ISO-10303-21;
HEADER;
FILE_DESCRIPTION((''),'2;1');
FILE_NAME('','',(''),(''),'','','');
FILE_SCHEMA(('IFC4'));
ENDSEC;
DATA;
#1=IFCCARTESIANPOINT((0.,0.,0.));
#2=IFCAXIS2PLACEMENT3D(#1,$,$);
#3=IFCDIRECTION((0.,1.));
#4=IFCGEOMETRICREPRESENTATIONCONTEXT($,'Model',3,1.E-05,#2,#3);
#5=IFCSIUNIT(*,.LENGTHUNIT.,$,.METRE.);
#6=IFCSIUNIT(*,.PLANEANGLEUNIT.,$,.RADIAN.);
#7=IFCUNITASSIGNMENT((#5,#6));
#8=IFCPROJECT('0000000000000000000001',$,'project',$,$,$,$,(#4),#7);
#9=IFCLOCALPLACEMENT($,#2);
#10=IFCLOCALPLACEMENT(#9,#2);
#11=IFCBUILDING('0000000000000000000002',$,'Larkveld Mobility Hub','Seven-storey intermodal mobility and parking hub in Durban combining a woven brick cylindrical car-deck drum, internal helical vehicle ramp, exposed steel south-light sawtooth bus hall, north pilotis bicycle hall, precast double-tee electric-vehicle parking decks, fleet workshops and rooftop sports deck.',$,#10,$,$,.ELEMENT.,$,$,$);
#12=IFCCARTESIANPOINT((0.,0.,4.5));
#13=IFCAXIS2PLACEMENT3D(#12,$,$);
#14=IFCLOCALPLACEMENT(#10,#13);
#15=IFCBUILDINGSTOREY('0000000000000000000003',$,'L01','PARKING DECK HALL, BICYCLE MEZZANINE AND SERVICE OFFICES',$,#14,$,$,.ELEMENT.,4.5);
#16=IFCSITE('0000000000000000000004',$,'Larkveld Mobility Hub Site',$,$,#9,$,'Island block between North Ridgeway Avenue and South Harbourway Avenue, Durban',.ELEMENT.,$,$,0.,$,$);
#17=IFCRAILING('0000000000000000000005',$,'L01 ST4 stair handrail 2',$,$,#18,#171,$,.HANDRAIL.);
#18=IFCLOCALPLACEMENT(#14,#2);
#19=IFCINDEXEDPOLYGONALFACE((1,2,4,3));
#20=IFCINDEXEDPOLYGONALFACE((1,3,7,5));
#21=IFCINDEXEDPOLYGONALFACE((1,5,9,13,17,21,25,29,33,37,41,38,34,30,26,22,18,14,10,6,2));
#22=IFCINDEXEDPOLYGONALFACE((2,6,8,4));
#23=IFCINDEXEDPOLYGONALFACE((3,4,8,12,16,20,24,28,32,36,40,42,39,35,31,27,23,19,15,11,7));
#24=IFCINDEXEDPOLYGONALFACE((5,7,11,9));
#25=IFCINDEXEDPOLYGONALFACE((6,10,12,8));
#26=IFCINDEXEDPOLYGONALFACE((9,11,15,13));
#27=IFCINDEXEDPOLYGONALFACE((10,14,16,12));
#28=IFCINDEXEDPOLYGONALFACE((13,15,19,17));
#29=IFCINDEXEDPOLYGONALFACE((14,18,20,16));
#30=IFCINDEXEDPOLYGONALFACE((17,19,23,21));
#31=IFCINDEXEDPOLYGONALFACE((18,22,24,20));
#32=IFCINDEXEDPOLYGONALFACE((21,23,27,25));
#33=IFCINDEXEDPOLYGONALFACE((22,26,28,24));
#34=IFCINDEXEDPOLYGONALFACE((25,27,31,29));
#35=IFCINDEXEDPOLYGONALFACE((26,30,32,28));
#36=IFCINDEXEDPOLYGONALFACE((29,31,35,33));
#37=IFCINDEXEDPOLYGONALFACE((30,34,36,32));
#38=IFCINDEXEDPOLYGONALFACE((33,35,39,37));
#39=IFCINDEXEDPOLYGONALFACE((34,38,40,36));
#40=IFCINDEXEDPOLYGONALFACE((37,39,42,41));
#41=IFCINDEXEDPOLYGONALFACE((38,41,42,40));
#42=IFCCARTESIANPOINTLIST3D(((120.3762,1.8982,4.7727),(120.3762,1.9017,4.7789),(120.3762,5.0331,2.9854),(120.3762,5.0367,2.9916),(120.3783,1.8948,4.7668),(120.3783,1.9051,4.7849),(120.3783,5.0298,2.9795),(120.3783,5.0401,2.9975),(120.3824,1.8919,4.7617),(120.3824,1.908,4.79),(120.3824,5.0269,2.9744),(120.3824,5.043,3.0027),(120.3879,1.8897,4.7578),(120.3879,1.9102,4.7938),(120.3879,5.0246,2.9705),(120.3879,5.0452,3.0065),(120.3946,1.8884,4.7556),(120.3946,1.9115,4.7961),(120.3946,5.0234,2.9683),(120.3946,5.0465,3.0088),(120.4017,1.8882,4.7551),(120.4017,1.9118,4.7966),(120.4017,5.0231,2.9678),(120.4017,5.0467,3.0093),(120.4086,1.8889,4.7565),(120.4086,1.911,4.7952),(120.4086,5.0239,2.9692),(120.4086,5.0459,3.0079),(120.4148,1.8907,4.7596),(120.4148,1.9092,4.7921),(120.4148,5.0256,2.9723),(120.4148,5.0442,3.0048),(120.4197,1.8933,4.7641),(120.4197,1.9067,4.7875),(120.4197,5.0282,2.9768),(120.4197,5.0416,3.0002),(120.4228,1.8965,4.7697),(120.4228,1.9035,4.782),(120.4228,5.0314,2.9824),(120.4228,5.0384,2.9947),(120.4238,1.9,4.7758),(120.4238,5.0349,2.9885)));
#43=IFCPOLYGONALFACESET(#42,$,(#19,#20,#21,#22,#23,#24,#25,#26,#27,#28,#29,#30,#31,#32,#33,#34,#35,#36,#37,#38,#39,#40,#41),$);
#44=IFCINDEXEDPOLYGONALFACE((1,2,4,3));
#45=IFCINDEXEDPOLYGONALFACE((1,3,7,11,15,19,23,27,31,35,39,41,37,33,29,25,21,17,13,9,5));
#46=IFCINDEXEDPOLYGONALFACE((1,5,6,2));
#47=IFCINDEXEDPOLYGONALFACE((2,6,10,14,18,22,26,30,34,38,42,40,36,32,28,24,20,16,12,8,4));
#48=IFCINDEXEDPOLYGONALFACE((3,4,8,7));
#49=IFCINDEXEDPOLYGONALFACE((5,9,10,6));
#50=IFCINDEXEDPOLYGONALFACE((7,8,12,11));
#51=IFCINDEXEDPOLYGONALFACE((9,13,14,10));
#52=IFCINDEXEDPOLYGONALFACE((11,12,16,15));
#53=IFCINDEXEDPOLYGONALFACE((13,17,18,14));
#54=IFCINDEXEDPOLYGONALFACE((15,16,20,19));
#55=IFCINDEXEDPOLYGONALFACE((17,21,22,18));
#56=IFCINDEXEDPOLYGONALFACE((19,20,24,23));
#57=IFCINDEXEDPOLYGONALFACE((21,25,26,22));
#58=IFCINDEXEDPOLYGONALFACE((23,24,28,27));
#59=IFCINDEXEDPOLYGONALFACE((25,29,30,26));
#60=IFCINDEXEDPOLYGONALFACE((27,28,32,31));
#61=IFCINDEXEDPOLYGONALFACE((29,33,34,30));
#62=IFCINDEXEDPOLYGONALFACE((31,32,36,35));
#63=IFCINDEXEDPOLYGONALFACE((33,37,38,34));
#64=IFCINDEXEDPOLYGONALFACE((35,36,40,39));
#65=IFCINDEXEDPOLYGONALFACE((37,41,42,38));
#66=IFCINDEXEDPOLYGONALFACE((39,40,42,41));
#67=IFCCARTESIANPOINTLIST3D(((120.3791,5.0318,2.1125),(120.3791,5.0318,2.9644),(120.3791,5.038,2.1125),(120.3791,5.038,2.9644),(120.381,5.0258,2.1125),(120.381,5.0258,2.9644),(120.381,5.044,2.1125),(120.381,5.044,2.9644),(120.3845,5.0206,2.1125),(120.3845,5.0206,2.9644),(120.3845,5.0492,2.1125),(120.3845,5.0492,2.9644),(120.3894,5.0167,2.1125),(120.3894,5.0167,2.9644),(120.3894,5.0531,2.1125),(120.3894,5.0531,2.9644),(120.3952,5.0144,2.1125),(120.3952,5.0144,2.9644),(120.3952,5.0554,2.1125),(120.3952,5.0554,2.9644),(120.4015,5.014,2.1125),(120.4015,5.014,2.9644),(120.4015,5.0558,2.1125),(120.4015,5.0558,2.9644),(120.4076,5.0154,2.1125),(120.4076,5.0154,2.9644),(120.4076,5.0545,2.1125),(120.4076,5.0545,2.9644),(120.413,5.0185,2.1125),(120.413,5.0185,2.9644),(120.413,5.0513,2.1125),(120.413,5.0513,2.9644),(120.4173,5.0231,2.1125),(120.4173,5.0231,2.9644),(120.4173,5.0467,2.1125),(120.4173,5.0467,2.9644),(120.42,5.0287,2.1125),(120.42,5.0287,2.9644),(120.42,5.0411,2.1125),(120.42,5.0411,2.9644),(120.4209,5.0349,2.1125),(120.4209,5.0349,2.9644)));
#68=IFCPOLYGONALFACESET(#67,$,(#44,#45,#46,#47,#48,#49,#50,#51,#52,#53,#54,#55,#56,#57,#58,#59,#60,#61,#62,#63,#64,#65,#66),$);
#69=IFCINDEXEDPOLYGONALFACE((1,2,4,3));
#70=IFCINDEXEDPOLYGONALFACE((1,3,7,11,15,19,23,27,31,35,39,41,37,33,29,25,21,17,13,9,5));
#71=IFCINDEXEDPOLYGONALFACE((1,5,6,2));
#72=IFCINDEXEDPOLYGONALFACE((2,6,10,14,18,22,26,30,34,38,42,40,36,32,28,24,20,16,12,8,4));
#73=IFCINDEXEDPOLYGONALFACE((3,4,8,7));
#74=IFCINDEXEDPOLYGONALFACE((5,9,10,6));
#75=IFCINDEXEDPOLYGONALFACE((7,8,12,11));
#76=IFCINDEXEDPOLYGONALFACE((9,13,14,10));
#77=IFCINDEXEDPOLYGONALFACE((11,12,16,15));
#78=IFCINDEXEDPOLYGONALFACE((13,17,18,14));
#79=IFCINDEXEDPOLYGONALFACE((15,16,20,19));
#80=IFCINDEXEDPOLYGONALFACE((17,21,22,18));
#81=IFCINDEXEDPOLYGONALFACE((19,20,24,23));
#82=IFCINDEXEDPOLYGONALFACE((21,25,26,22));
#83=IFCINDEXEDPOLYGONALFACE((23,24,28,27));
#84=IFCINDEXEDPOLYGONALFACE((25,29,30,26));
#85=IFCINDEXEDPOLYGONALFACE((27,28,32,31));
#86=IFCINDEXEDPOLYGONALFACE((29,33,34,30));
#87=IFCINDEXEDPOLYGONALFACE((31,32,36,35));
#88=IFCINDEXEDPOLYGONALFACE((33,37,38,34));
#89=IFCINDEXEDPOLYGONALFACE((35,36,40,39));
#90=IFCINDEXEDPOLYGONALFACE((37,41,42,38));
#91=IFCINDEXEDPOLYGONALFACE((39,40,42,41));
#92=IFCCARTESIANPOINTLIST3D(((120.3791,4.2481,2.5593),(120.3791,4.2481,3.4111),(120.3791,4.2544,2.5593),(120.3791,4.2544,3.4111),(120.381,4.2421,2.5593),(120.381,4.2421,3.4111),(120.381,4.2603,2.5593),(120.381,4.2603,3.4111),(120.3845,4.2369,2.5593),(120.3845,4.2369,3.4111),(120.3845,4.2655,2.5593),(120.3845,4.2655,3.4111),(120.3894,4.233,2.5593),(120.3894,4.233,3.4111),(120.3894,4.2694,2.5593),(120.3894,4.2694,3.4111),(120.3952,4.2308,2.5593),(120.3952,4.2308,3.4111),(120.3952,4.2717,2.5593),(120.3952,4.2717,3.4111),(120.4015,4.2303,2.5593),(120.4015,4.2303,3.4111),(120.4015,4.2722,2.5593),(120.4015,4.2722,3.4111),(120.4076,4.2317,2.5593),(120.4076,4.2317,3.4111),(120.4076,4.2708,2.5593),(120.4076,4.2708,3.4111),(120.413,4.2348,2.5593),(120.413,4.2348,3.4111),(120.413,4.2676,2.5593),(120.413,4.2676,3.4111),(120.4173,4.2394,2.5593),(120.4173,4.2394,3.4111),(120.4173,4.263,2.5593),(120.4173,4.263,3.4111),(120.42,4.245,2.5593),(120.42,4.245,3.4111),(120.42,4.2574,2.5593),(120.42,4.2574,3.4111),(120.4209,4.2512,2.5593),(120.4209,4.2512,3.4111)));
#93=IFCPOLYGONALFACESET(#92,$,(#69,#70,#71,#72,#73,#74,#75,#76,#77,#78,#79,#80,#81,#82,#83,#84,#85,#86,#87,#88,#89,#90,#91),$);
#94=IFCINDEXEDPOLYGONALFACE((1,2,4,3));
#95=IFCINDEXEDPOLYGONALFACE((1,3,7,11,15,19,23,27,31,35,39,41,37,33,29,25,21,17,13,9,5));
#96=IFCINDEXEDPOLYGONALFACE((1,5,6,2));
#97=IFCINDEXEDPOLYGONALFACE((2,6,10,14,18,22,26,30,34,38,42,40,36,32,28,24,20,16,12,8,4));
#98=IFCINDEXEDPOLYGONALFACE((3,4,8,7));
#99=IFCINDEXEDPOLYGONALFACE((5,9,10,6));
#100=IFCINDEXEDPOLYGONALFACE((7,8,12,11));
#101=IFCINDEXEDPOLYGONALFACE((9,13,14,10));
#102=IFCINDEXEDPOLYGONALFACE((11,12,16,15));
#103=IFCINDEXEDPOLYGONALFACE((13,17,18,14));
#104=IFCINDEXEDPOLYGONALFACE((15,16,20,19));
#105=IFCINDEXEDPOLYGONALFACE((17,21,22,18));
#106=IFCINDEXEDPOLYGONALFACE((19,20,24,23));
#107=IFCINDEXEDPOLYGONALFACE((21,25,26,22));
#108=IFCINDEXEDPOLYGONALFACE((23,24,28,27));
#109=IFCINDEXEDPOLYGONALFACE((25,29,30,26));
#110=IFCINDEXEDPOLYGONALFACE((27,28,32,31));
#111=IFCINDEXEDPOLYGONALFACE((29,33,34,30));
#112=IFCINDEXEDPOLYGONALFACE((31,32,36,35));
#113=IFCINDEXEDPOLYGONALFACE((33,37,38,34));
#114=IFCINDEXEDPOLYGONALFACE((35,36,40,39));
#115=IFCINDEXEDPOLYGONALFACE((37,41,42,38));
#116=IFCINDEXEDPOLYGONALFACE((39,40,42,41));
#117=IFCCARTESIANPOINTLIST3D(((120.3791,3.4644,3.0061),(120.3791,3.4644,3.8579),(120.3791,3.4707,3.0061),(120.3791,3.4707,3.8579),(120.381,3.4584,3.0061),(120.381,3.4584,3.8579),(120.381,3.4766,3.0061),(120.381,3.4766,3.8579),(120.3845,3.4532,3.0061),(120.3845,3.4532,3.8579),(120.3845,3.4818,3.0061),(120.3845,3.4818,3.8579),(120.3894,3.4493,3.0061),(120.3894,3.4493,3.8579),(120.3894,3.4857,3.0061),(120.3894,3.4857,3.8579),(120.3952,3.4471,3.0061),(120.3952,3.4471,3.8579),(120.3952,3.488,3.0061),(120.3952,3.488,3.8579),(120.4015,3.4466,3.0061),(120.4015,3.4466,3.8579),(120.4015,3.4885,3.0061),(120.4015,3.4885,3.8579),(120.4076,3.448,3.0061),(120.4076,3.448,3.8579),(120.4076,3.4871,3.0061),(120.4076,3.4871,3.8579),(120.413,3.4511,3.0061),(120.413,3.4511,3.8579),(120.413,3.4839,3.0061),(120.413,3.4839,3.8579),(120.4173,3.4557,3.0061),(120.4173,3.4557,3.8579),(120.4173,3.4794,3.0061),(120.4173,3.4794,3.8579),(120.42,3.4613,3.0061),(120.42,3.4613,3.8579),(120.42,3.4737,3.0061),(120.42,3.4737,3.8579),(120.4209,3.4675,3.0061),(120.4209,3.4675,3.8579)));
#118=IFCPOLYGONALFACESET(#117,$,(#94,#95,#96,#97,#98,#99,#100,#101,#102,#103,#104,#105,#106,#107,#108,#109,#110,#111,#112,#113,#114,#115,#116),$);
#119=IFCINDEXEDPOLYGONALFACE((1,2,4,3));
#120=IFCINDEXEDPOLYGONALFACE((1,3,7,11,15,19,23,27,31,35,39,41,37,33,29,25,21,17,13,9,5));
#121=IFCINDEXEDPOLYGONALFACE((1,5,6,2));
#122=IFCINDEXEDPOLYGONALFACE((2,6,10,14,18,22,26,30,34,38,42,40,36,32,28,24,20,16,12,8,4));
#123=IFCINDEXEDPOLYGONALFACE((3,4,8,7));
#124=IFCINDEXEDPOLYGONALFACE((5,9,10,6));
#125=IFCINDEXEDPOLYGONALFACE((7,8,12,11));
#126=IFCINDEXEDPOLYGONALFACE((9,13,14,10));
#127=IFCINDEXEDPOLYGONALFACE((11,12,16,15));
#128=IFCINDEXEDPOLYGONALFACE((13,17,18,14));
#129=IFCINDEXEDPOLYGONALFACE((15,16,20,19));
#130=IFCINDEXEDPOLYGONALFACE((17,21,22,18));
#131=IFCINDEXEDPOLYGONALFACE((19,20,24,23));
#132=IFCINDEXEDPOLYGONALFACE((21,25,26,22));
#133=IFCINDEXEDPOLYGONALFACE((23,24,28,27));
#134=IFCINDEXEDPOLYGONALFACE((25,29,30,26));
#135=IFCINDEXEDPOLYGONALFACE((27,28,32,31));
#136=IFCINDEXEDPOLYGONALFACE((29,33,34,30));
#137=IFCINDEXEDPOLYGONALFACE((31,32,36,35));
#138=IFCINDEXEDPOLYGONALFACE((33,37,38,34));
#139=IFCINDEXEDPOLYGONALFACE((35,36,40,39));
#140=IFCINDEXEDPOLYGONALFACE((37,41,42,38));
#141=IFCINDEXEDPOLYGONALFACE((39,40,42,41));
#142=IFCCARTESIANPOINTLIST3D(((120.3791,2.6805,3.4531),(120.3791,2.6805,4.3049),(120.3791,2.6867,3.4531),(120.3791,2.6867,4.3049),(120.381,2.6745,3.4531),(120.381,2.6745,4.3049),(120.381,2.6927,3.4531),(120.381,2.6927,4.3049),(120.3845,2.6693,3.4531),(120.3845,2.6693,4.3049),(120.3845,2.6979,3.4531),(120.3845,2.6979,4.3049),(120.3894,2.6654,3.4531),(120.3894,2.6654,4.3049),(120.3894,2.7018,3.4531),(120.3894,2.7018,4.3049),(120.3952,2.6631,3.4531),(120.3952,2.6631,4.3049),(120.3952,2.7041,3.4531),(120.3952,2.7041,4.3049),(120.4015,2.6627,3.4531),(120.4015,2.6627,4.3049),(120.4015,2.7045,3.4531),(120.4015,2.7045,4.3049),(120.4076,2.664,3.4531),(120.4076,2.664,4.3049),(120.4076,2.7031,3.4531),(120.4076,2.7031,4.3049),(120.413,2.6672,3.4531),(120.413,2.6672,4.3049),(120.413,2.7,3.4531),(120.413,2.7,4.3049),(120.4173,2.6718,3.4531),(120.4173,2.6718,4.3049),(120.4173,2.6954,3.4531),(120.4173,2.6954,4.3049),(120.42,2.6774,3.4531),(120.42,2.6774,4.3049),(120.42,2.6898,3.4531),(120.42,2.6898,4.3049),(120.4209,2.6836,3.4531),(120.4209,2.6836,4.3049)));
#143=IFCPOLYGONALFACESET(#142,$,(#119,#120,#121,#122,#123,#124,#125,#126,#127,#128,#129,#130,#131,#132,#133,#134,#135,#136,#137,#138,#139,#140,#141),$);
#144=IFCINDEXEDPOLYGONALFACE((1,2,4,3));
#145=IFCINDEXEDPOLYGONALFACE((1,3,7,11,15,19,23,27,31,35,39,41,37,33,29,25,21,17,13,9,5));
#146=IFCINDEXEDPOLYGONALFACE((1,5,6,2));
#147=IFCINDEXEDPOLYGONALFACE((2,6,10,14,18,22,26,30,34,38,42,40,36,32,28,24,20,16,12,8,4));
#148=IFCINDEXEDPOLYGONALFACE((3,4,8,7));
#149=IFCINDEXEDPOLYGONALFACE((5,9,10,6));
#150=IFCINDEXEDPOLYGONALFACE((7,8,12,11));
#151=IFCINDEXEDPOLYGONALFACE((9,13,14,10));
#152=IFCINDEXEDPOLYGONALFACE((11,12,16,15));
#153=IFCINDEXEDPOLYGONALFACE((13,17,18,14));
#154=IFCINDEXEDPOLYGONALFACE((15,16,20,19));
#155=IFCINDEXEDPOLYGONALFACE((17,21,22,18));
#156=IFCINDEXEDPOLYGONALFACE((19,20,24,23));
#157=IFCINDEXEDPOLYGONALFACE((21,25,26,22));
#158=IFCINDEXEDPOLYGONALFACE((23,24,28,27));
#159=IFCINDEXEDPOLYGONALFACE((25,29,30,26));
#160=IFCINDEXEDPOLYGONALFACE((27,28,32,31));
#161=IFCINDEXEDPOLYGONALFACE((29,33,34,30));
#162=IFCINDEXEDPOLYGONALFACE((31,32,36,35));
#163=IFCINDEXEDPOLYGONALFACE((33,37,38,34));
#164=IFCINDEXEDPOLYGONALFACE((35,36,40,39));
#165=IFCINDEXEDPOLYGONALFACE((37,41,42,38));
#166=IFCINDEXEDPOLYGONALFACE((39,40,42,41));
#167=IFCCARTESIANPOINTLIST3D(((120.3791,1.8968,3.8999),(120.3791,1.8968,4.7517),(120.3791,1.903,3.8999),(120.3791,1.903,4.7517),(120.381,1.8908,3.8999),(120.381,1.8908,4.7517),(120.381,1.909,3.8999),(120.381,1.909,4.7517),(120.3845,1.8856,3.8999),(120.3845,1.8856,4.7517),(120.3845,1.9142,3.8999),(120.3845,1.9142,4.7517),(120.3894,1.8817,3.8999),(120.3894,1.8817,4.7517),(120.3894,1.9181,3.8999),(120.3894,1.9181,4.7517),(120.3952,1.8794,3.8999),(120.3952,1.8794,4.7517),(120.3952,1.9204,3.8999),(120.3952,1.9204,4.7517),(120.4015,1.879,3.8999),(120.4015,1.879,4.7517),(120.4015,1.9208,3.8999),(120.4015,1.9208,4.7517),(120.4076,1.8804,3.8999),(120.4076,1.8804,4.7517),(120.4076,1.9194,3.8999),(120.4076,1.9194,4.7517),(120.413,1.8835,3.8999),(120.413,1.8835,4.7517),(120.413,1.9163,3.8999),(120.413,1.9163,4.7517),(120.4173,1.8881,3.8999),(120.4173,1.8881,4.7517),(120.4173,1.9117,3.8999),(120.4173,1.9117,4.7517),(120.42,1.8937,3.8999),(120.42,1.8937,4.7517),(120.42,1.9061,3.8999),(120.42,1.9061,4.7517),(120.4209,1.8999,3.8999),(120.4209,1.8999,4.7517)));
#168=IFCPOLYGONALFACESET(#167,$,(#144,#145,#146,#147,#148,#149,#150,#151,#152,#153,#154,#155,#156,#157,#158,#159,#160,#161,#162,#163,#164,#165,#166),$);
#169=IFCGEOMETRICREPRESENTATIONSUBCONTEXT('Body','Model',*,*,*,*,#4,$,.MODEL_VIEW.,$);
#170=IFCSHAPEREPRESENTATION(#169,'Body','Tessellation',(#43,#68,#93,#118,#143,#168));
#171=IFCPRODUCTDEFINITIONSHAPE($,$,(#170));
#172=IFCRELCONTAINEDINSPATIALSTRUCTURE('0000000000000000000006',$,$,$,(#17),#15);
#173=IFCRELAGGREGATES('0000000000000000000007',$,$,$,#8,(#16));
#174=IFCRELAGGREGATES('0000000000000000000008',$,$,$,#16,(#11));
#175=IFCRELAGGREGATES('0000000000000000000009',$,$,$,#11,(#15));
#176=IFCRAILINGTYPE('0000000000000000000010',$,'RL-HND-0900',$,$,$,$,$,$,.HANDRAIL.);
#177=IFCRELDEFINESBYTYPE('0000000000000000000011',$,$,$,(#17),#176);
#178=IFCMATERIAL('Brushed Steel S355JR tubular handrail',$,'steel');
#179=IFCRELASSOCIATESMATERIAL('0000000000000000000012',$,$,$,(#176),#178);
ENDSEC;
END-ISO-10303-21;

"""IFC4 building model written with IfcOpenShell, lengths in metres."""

from ifc_helpers import new_model, si_unit, direction, frame, origin, origin_2d, place, context, subcontext, project, spatial, circle, extrude, material, type_object, element, save


model = new_model("IFC4")

# Units and contexts
model_context = context("Model", 3, precision=1e-05, world=origin(), true_north=direction((0.0, 1.0)))
body_context = subcontext(model_context, "Body", "Model", "MODEL_VIEW")
ifc_project = project(units=[si_unit("LENGTHUNIT", "METRE"), si_unit("PLANEANGLEUNIT", "RADIAN")], contexts=[model_context])

# Site, building, storey
site_placement = place(None, origin())
site = spatial("IfcSite", under=ifc_project, at=site_placement, Name="Larkveld Mobility Hub Site", LongName="Island block between North Ridgeway Avenue and South Harbourway Avenue, Durban", CompositionType="ELEMENT", RefElevation=0.0)
building_placement = place(site_placement, origin())
building = spatial("IfcBuilding", under=site, at=building_placement, Name="Larkveld Mobility Hub", Description="Seven-storey intermodal mobility and parking hub in Durban combining a woven brick cylindrical car-deck drum, internal helical vehicle ramp, exposed steel south-light sawtooth bus hall, north pilotis bicycle hall, precast double-tee electric-vehicle parking decks, fleet workshops and rooftop sports deck.", CompositionType="ELEMENT")
storey_placement = place(building_placement, frame((0.0, 0.0, 4.5)))
storey = spatial("IfcBuildingStorey", under=building, at=storey_placement, Name="L01", Description="PARKING DECK HALL, BICYCLE MEZZANINE AND SERVICE OFFICES", CompositionType="ELEMENT", Elevation=4.5)

# Railing
ifc_material_1 = material(Name="Brushed Steel S355JR tubular handrail", Category="steel")
railing_type_1 = type_object("IfcRailingType", Name="RL-HND-0900", PredefinedType="HANDRAIL", material=ifc_material_1)
railing_1_placement = place(storey_placement, frame((120.3999, 5.0349, 2.1125)))
element("IfcRailing", 1, at=railing_1_placement, inside=storey, type_object=railing_type_1, Name="L01 ST4 stair handrail 2", PredefinedType="HANDRAIL", context=body_context, shape_type="SweptSolid", body=[
    extrude(circle(Radius=0.0239, at=origin_2d()), frame((0.0, 0.0, 0.876), z_axis=(0.0, -0.86873, 0.495286), x_axis=(1.0, 0.0, 0.0)), (0.0, 0.0, 1.0), 3.6086),
    extrude(circle(Radius=0.021, at=origin_2d()), origin(), (0.0, 0.0, 1.0), 0.8518),
    extrude(circle(Radius=0.021, at=origin_2d()), frame((0.0, -0.7837, 0.4468)), (0.0, 0.0, 1.0), 0.8518),
    extrude(circle(Radius=0.021, at=origin_2d()), frame((0.0, -1.5674, 0.8936)), (0.0, 0.0, 1.0), 0.8518),
    extrude(circle(Radius=0.021, at=origin_2d()), frame((0.0, -2.3513, 1.3406)), (0.0, 0.0, 1.0), 0.8518),
    extrude(circle(Radius=0.021, at=origin_2d()), frame((0.0, -3.135, 1.7874)), (0.0, 0.0, 1.0), 0.8518),
])

save(model, "model.ifc")
